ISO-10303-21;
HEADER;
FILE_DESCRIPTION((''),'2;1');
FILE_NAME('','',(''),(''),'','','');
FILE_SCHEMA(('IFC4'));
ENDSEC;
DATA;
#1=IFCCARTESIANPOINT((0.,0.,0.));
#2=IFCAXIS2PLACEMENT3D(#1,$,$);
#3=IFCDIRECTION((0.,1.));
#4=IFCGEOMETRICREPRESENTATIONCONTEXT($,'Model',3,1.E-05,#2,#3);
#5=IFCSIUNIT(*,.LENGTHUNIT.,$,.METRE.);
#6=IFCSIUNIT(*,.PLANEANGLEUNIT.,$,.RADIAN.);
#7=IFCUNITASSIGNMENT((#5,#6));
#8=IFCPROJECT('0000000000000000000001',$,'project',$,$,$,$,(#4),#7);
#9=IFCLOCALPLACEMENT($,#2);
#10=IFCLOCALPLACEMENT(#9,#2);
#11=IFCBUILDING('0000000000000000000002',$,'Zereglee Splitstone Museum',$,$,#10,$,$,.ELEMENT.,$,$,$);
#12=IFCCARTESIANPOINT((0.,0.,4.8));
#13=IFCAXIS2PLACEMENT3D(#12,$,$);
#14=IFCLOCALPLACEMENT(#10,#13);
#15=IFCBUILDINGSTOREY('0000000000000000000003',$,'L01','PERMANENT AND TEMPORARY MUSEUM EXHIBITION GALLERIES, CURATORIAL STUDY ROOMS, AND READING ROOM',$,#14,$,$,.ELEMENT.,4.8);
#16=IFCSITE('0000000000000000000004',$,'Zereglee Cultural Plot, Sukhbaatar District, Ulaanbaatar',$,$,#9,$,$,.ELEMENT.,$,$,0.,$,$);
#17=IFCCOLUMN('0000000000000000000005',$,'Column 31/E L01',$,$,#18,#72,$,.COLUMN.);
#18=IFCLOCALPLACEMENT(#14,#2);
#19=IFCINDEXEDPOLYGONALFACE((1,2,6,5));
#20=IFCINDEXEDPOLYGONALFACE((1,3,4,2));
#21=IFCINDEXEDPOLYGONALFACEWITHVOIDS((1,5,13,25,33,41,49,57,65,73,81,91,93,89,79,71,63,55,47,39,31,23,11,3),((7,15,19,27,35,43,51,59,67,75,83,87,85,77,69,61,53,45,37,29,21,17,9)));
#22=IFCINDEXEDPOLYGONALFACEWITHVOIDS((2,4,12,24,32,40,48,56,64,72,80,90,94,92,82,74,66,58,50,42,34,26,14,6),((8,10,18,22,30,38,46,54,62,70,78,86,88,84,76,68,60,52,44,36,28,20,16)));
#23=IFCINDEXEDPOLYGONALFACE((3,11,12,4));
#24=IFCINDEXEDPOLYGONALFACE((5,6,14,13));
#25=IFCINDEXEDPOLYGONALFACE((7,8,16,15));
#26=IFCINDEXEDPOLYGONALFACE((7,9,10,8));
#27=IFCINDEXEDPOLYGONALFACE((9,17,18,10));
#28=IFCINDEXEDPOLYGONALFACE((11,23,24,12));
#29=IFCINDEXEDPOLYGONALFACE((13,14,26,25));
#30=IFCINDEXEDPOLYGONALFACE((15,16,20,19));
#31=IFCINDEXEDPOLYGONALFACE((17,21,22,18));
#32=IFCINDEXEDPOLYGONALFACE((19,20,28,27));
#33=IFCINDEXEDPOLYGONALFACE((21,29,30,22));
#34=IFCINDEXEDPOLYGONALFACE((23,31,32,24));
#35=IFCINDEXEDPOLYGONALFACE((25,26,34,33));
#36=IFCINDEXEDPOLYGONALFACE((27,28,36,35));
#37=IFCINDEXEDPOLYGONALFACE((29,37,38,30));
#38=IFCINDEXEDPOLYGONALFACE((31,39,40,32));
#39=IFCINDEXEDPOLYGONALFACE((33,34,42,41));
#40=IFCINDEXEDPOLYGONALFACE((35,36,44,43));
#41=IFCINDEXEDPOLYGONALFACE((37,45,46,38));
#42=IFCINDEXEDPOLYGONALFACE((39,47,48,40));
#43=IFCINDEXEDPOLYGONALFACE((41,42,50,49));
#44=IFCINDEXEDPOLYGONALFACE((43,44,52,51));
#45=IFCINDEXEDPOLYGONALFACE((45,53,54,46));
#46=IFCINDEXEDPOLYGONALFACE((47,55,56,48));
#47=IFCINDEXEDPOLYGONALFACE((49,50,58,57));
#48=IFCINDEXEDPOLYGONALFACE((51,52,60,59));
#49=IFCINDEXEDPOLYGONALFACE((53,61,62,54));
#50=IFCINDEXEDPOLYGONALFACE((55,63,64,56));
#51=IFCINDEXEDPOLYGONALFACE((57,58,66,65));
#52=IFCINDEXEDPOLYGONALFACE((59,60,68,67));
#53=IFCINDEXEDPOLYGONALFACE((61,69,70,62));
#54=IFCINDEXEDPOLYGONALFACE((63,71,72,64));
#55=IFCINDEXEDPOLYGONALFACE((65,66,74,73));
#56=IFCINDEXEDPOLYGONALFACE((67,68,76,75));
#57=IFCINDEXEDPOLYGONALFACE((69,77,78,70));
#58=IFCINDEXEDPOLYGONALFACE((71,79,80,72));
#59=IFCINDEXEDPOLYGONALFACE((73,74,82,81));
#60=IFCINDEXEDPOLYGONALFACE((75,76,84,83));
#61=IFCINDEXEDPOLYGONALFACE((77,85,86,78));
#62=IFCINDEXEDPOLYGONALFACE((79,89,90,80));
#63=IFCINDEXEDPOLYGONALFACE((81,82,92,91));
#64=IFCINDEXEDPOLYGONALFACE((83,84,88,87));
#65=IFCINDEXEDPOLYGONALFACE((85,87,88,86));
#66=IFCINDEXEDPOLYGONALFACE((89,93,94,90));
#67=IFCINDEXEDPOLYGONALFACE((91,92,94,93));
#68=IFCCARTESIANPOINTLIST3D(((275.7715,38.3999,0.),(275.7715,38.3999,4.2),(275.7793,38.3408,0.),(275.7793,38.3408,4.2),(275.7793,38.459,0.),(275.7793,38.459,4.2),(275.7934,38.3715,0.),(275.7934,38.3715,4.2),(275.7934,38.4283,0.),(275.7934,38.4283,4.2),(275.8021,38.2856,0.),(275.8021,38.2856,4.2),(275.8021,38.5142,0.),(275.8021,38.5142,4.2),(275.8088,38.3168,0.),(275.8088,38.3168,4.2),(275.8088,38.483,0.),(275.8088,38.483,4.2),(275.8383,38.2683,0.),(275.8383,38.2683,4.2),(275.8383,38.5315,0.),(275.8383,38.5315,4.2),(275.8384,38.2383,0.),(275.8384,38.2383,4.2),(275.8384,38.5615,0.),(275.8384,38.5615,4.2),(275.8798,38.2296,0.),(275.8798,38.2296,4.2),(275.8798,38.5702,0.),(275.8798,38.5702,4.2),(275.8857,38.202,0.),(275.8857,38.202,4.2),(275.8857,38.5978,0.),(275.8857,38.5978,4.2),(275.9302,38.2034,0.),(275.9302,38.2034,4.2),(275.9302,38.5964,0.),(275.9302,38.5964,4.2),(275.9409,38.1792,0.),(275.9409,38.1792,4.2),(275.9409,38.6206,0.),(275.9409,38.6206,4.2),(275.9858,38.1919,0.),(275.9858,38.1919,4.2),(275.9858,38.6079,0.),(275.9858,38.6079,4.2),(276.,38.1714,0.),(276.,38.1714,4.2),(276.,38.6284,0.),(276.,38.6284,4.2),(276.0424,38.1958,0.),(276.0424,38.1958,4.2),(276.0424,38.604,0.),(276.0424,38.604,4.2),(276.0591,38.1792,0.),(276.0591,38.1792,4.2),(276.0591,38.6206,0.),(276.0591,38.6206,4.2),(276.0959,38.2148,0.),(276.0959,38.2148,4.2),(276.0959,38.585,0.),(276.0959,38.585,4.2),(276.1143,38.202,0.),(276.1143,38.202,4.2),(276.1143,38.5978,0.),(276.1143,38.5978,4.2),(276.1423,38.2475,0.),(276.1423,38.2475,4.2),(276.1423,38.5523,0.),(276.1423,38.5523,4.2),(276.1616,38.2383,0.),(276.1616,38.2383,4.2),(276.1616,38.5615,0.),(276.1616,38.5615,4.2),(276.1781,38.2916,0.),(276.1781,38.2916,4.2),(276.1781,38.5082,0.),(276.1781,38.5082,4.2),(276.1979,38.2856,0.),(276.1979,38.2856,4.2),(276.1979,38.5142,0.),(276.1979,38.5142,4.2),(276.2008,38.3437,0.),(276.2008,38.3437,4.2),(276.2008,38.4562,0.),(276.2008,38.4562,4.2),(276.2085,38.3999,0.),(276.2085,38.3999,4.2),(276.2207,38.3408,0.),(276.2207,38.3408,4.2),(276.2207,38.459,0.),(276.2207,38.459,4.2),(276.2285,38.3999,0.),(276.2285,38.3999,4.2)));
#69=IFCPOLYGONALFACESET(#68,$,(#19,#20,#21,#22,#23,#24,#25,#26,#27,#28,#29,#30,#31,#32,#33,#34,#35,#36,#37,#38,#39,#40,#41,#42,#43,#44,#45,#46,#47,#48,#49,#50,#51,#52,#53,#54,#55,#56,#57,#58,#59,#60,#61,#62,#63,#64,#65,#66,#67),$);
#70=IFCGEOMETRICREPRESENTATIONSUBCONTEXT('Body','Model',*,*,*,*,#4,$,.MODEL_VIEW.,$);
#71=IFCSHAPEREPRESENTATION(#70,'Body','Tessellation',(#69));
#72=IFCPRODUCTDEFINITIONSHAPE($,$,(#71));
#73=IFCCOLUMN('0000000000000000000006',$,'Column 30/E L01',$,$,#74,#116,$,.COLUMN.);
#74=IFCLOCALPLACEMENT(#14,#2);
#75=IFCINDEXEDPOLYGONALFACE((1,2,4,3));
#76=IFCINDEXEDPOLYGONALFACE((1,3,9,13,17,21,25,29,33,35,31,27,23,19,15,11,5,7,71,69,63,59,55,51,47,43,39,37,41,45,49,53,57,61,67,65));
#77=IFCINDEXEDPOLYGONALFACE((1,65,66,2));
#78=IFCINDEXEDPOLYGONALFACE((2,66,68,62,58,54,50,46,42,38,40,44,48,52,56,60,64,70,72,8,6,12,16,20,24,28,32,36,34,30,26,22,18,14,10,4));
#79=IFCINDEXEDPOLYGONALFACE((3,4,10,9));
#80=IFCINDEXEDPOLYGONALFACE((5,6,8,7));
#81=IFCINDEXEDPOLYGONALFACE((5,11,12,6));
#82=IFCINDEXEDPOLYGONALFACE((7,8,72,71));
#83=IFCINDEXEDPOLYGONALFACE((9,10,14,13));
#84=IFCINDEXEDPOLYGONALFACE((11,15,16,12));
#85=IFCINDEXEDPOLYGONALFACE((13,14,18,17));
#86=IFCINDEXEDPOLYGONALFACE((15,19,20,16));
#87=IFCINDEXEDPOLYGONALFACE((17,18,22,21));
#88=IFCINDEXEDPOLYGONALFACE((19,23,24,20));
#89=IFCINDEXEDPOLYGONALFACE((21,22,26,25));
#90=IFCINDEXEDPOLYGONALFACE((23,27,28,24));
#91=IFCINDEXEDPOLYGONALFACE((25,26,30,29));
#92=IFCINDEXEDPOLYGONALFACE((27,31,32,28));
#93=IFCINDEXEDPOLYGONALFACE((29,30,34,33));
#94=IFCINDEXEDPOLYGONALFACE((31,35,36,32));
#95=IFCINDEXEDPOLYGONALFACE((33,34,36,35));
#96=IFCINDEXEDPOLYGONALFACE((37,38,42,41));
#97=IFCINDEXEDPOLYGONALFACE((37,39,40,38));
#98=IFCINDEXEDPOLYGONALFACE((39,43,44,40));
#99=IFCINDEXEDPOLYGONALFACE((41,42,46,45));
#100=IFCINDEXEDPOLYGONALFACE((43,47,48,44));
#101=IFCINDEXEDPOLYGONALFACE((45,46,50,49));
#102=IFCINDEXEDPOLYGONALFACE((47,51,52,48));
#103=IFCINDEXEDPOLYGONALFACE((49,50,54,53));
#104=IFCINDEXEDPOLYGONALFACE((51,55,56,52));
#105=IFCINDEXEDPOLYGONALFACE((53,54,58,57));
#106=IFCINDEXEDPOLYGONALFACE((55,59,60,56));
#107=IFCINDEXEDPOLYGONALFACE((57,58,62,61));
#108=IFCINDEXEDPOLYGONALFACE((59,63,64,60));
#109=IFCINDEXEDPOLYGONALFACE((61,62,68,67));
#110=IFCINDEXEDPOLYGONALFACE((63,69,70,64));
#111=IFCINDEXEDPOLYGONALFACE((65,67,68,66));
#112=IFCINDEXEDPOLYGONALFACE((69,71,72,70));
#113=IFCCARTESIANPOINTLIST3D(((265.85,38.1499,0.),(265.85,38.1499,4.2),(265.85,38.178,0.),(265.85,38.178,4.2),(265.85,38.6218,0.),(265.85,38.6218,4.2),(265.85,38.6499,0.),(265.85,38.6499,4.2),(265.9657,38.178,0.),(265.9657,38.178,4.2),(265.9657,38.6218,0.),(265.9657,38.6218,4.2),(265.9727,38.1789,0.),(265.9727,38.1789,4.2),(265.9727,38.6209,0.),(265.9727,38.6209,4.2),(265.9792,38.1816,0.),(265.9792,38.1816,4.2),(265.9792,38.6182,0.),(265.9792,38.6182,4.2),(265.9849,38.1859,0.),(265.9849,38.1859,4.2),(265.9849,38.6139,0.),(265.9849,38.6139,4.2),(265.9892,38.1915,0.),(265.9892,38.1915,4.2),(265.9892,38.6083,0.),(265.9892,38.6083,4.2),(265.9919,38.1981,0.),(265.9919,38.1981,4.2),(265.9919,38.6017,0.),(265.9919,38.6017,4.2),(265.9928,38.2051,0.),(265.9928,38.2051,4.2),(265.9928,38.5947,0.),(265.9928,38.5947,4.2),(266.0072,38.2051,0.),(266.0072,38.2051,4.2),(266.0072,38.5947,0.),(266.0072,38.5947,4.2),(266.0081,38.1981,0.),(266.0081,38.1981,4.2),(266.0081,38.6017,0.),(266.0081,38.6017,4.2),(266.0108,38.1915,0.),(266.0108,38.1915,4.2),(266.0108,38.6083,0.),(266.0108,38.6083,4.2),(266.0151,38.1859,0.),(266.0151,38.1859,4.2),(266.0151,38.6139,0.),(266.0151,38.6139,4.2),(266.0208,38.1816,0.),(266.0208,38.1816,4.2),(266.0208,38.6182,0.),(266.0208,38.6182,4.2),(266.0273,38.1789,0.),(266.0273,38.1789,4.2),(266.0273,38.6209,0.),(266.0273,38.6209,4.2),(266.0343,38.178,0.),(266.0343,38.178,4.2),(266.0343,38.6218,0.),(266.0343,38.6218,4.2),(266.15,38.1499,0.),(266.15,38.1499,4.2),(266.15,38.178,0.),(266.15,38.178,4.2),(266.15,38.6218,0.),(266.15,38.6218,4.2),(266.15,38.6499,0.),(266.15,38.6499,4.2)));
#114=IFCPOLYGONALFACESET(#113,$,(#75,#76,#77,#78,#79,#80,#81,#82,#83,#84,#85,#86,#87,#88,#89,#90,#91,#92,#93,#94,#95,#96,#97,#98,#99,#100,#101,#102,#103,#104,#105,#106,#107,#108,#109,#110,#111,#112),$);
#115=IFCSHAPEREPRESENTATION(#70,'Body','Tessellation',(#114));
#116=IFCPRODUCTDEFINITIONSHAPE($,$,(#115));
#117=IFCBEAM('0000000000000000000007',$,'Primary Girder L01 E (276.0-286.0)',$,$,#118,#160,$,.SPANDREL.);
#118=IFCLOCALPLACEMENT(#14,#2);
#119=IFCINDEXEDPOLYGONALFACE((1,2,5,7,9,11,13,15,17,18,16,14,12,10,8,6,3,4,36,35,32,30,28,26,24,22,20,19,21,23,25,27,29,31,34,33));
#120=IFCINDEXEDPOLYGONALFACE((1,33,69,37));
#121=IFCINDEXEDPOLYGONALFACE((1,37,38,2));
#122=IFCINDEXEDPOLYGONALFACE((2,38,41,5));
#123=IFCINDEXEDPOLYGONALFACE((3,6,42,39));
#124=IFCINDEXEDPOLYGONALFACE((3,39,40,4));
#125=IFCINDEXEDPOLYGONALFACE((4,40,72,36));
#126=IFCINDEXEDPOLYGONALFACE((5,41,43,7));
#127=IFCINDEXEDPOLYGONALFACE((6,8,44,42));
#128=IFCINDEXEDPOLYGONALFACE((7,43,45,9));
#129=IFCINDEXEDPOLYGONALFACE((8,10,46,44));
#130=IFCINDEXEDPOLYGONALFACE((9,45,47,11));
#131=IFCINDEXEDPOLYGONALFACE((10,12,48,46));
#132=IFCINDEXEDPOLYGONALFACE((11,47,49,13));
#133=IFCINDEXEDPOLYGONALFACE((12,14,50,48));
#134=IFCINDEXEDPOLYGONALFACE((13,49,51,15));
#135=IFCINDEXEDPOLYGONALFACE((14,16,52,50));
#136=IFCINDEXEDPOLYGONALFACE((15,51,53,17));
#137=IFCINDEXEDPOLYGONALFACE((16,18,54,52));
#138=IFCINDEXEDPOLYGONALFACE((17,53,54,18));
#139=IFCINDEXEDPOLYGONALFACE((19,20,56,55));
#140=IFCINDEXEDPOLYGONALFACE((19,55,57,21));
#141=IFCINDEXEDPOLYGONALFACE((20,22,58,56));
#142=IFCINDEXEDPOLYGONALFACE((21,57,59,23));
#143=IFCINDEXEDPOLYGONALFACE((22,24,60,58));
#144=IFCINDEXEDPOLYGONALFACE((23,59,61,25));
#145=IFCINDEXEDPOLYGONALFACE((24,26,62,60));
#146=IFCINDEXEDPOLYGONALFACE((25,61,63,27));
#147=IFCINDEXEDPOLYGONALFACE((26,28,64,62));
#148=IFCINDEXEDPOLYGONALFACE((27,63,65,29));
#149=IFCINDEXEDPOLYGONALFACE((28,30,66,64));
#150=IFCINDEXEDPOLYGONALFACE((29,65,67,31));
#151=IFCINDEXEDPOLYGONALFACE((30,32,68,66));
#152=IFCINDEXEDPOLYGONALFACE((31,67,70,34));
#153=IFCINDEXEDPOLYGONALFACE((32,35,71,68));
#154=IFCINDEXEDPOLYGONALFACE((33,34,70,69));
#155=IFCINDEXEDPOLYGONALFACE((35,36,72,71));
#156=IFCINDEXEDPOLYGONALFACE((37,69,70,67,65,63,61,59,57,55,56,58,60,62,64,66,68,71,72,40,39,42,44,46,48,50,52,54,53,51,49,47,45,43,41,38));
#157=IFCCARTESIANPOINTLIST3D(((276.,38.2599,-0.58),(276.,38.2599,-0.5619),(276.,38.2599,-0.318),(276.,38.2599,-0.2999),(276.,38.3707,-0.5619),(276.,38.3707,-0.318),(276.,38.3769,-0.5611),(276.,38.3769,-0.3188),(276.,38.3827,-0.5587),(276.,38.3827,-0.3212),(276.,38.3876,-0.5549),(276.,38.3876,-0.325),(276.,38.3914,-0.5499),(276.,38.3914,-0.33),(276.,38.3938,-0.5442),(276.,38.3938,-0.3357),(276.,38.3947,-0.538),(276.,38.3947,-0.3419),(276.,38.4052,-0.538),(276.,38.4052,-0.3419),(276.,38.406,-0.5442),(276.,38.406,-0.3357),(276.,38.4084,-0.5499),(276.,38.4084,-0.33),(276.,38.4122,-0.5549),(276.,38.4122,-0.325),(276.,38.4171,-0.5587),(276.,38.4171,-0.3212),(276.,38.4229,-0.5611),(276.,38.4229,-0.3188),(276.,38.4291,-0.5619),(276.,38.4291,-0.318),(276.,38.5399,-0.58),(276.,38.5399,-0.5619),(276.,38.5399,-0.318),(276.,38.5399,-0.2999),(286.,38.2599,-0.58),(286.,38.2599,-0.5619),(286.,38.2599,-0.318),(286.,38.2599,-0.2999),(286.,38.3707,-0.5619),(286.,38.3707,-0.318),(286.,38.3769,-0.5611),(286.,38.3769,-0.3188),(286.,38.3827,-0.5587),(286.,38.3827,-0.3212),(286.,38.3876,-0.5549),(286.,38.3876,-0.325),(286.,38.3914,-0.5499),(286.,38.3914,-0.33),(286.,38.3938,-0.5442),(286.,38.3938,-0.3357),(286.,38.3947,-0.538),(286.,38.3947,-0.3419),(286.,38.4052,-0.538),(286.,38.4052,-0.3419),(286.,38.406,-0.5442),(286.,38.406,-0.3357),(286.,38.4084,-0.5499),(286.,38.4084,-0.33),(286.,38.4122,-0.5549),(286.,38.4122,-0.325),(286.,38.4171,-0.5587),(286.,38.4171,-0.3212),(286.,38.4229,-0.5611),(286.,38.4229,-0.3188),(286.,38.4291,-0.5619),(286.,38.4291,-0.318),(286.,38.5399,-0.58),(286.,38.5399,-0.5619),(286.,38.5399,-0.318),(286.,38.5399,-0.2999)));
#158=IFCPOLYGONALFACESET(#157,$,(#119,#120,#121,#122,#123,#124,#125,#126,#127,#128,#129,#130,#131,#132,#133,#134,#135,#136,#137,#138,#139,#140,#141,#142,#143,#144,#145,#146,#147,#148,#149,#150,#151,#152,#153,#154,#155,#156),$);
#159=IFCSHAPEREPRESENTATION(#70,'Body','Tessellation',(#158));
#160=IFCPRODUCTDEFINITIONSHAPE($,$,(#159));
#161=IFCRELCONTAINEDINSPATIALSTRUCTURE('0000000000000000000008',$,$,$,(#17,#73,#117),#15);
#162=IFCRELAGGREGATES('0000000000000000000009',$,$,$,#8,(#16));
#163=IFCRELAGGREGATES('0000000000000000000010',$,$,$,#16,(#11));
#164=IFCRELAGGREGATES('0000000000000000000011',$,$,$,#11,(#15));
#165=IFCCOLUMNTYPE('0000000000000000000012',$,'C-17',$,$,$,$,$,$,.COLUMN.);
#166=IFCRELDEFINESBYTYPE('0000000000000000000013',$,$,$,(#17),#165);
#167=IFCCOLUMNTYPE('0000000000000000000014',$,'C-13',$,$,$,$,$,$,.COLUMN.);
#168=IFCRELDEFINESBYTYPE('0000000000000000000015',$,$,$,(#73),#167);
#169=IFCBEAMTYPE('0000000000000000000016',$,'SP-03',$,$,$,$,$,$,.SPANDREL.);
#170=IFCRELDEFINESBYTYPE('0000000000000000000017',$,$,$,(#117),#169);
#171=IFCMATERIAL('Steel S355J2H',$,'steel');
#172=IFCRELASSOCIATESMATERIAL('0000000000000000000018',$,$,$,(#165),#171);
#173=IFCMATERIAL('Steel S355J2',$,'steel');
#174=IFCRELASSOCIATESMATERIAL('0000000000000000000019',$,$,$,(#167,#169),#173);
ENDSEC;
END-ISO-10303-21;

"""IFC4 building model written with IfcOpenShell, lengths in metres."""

from ifc_helpers import new_model, si_unit, direction, frame, origin, origin_2d, place, context, subcontext, project, spatial, hollow_circle, i_section, extrude, material, material_profile, profile_set, type_object, element, save


model = new_model("IFC4")

# Units and contexts
model_context = context("Model", 3, precision=1e-05, world=origin(), true_north=direction((0.0, 1.0)))
body_context = subcontext(model_context, "Body", "Model", "MODEL_VIEW")
ifc_project = project(units=[si_unit("LENGTHUNIT", "METRE"), si_unit("PLANEANGLEUNIT", "RADIAN")], contexts=[model_context])

# Site, building, storey
site_placement = place(None, origin())
site = spatial("IfcSite", under=ifc_project, at=site_placement, Name="Zereglee Cultural Plot, Sukhbaatar District, Ulaanbaatar", CompositionType="ELEMENT", RefElevation=0.0)
building_placement = place(site_placement, origin())
building = spatial("IfcBuilding", under=site, at=building_placement, Name="Zereglee Splitstone Museum", CompositionType="ELEMENT")
storey_placement = place(building_placement, frame((0.0, 0.0, 4.8)))
storey = spatial("IfcBuildingStorey", under=building, at=storey_placement, Name="L01", Description="PERMANENT AND TEMPORARY MUSEUM EXHIBITION GALLERIES, CURATORIAL STUDY ROOMS, AND READING ROOM", CompositionType="ELEMENT", Elevation=4.8)

# Columns
ifc_material_1 = material(Name="Steel S355J2H", Category="steel")
ifc_material_profile_1 = material_profile(ifc_material_1, hollow_circle(Radius=0.2285, WallThickness=0.02, at=origin_2d()), Name="CHS 457.0x20")
ifc_profile_set_1 = profile_set([ifc_material_profile_1], Name="Steel S355J2H")
column_type_1 = type_object("IfcColumnType", Name="C-17", PredefinedType="COLUMN", material=ifc_profile_set_1)
column_1_placement = place(storey_placement, frame((276.0, 38.3999, 0.0), z_axis=(0.0, 0.0, 1.0), x_axis=(1.0, 0.0, 0.0)))
element("IfcColumn", 1, at=column_1_placement, inside=storey, type_object=column_type_1, Name="Column 31/E L01", PredefinedType="COLUMN", context=body_context, shape_type="SweptSolid", body=[
    extrude(hollow_circle(Radius=0.2285, WallThickness=0.02, at=origin_2d()), origin(), (0.0, 0.0, 1.0), 4.2),
])
ifc_material_2 = material(Name="Steel S355J2", Category="steel")
ifc_material_profile_2 = material_profile(ifc_material_2, i_section(OverallWidth=0.3, OverallDepth=0.5, WebThickness=0.0144, FlangeThickness=0.0281, FilletRadius=0.0271, at=origin_2d()), Name="HE 500 B")
ifc_profile_set_2 = profile_set([ifc_material_profile_2], Name="Steel S355J2")
column_type_2 = type_object("IfcColumnType", Name="C-13", PredefinedType="COLUMN", material=ifc_profile_set_2)
column_2_placement = place(storey_placement, frame((266.0, 38.3999, 0.0), z_axis=(0.0, 0.0, 1.0), x_axis=(1.0, 0.0, 0.0)))
element("IfcColumn", 2, at=column_2_placement, inside=storey, type_object=column_type_2, Name="Column 30/E L01", PredefinedType="COLUMN", context=body_context, shape_type="SweptSolid", body=[
    extrude(i_section(OverallWidth=0.3, OverallDepth=0.5, WebThickness=0.0144, FlangeThickness=0.0281, FilletRadius=0.0271, at=origin_2d()), origin(), (0.0, 0.0, 1.0), 4.2),
])

# Beam
ifc_material_profile_3 = material_profile(ifc_material_2, i_section(OverallWidth=0.28, OverallDepth=0.28, WebThickness=0.0105, FlangeThickness=0.0181, FilletRadius=0.0239, at=origin_2d()), Name="HE 280 B")
ifc_profile_set_3 = profile_set([ifc_material_profile_3], Name="Steel S355J2")
beam_type_1 = type_object("IfcBeamType", Name="SP-03", PredefinedType="SPANDREL", material=ifc_profile_set_3)
beam_1_placement = place(storey_placement, frame((276.0, 38.3999, -0.4399), z_axis=(1.0, 0.0, 0.0), x_axis=(0.0, 1.0, 0.0)))
element("IfcBeam", 3, at=beam_1_placement, inside=storey, type_object=beam_type_1, Name="Primary Girder L01 E (276.0-286.0)", PredefinedType="SPANDREL", context=body_context, shape_type="SweptSolid", body=[
    extrude(i_section(OverallWidth=0.28, OverallDepth=0.28, WebThickness=0.0105, FlangeThickness=0.0181, FilletRadius=0.0239, at=origin_2d()), origin(), (0.0, 0.0, 1.0), 10.0),
])

save(model, "model.ifc")
